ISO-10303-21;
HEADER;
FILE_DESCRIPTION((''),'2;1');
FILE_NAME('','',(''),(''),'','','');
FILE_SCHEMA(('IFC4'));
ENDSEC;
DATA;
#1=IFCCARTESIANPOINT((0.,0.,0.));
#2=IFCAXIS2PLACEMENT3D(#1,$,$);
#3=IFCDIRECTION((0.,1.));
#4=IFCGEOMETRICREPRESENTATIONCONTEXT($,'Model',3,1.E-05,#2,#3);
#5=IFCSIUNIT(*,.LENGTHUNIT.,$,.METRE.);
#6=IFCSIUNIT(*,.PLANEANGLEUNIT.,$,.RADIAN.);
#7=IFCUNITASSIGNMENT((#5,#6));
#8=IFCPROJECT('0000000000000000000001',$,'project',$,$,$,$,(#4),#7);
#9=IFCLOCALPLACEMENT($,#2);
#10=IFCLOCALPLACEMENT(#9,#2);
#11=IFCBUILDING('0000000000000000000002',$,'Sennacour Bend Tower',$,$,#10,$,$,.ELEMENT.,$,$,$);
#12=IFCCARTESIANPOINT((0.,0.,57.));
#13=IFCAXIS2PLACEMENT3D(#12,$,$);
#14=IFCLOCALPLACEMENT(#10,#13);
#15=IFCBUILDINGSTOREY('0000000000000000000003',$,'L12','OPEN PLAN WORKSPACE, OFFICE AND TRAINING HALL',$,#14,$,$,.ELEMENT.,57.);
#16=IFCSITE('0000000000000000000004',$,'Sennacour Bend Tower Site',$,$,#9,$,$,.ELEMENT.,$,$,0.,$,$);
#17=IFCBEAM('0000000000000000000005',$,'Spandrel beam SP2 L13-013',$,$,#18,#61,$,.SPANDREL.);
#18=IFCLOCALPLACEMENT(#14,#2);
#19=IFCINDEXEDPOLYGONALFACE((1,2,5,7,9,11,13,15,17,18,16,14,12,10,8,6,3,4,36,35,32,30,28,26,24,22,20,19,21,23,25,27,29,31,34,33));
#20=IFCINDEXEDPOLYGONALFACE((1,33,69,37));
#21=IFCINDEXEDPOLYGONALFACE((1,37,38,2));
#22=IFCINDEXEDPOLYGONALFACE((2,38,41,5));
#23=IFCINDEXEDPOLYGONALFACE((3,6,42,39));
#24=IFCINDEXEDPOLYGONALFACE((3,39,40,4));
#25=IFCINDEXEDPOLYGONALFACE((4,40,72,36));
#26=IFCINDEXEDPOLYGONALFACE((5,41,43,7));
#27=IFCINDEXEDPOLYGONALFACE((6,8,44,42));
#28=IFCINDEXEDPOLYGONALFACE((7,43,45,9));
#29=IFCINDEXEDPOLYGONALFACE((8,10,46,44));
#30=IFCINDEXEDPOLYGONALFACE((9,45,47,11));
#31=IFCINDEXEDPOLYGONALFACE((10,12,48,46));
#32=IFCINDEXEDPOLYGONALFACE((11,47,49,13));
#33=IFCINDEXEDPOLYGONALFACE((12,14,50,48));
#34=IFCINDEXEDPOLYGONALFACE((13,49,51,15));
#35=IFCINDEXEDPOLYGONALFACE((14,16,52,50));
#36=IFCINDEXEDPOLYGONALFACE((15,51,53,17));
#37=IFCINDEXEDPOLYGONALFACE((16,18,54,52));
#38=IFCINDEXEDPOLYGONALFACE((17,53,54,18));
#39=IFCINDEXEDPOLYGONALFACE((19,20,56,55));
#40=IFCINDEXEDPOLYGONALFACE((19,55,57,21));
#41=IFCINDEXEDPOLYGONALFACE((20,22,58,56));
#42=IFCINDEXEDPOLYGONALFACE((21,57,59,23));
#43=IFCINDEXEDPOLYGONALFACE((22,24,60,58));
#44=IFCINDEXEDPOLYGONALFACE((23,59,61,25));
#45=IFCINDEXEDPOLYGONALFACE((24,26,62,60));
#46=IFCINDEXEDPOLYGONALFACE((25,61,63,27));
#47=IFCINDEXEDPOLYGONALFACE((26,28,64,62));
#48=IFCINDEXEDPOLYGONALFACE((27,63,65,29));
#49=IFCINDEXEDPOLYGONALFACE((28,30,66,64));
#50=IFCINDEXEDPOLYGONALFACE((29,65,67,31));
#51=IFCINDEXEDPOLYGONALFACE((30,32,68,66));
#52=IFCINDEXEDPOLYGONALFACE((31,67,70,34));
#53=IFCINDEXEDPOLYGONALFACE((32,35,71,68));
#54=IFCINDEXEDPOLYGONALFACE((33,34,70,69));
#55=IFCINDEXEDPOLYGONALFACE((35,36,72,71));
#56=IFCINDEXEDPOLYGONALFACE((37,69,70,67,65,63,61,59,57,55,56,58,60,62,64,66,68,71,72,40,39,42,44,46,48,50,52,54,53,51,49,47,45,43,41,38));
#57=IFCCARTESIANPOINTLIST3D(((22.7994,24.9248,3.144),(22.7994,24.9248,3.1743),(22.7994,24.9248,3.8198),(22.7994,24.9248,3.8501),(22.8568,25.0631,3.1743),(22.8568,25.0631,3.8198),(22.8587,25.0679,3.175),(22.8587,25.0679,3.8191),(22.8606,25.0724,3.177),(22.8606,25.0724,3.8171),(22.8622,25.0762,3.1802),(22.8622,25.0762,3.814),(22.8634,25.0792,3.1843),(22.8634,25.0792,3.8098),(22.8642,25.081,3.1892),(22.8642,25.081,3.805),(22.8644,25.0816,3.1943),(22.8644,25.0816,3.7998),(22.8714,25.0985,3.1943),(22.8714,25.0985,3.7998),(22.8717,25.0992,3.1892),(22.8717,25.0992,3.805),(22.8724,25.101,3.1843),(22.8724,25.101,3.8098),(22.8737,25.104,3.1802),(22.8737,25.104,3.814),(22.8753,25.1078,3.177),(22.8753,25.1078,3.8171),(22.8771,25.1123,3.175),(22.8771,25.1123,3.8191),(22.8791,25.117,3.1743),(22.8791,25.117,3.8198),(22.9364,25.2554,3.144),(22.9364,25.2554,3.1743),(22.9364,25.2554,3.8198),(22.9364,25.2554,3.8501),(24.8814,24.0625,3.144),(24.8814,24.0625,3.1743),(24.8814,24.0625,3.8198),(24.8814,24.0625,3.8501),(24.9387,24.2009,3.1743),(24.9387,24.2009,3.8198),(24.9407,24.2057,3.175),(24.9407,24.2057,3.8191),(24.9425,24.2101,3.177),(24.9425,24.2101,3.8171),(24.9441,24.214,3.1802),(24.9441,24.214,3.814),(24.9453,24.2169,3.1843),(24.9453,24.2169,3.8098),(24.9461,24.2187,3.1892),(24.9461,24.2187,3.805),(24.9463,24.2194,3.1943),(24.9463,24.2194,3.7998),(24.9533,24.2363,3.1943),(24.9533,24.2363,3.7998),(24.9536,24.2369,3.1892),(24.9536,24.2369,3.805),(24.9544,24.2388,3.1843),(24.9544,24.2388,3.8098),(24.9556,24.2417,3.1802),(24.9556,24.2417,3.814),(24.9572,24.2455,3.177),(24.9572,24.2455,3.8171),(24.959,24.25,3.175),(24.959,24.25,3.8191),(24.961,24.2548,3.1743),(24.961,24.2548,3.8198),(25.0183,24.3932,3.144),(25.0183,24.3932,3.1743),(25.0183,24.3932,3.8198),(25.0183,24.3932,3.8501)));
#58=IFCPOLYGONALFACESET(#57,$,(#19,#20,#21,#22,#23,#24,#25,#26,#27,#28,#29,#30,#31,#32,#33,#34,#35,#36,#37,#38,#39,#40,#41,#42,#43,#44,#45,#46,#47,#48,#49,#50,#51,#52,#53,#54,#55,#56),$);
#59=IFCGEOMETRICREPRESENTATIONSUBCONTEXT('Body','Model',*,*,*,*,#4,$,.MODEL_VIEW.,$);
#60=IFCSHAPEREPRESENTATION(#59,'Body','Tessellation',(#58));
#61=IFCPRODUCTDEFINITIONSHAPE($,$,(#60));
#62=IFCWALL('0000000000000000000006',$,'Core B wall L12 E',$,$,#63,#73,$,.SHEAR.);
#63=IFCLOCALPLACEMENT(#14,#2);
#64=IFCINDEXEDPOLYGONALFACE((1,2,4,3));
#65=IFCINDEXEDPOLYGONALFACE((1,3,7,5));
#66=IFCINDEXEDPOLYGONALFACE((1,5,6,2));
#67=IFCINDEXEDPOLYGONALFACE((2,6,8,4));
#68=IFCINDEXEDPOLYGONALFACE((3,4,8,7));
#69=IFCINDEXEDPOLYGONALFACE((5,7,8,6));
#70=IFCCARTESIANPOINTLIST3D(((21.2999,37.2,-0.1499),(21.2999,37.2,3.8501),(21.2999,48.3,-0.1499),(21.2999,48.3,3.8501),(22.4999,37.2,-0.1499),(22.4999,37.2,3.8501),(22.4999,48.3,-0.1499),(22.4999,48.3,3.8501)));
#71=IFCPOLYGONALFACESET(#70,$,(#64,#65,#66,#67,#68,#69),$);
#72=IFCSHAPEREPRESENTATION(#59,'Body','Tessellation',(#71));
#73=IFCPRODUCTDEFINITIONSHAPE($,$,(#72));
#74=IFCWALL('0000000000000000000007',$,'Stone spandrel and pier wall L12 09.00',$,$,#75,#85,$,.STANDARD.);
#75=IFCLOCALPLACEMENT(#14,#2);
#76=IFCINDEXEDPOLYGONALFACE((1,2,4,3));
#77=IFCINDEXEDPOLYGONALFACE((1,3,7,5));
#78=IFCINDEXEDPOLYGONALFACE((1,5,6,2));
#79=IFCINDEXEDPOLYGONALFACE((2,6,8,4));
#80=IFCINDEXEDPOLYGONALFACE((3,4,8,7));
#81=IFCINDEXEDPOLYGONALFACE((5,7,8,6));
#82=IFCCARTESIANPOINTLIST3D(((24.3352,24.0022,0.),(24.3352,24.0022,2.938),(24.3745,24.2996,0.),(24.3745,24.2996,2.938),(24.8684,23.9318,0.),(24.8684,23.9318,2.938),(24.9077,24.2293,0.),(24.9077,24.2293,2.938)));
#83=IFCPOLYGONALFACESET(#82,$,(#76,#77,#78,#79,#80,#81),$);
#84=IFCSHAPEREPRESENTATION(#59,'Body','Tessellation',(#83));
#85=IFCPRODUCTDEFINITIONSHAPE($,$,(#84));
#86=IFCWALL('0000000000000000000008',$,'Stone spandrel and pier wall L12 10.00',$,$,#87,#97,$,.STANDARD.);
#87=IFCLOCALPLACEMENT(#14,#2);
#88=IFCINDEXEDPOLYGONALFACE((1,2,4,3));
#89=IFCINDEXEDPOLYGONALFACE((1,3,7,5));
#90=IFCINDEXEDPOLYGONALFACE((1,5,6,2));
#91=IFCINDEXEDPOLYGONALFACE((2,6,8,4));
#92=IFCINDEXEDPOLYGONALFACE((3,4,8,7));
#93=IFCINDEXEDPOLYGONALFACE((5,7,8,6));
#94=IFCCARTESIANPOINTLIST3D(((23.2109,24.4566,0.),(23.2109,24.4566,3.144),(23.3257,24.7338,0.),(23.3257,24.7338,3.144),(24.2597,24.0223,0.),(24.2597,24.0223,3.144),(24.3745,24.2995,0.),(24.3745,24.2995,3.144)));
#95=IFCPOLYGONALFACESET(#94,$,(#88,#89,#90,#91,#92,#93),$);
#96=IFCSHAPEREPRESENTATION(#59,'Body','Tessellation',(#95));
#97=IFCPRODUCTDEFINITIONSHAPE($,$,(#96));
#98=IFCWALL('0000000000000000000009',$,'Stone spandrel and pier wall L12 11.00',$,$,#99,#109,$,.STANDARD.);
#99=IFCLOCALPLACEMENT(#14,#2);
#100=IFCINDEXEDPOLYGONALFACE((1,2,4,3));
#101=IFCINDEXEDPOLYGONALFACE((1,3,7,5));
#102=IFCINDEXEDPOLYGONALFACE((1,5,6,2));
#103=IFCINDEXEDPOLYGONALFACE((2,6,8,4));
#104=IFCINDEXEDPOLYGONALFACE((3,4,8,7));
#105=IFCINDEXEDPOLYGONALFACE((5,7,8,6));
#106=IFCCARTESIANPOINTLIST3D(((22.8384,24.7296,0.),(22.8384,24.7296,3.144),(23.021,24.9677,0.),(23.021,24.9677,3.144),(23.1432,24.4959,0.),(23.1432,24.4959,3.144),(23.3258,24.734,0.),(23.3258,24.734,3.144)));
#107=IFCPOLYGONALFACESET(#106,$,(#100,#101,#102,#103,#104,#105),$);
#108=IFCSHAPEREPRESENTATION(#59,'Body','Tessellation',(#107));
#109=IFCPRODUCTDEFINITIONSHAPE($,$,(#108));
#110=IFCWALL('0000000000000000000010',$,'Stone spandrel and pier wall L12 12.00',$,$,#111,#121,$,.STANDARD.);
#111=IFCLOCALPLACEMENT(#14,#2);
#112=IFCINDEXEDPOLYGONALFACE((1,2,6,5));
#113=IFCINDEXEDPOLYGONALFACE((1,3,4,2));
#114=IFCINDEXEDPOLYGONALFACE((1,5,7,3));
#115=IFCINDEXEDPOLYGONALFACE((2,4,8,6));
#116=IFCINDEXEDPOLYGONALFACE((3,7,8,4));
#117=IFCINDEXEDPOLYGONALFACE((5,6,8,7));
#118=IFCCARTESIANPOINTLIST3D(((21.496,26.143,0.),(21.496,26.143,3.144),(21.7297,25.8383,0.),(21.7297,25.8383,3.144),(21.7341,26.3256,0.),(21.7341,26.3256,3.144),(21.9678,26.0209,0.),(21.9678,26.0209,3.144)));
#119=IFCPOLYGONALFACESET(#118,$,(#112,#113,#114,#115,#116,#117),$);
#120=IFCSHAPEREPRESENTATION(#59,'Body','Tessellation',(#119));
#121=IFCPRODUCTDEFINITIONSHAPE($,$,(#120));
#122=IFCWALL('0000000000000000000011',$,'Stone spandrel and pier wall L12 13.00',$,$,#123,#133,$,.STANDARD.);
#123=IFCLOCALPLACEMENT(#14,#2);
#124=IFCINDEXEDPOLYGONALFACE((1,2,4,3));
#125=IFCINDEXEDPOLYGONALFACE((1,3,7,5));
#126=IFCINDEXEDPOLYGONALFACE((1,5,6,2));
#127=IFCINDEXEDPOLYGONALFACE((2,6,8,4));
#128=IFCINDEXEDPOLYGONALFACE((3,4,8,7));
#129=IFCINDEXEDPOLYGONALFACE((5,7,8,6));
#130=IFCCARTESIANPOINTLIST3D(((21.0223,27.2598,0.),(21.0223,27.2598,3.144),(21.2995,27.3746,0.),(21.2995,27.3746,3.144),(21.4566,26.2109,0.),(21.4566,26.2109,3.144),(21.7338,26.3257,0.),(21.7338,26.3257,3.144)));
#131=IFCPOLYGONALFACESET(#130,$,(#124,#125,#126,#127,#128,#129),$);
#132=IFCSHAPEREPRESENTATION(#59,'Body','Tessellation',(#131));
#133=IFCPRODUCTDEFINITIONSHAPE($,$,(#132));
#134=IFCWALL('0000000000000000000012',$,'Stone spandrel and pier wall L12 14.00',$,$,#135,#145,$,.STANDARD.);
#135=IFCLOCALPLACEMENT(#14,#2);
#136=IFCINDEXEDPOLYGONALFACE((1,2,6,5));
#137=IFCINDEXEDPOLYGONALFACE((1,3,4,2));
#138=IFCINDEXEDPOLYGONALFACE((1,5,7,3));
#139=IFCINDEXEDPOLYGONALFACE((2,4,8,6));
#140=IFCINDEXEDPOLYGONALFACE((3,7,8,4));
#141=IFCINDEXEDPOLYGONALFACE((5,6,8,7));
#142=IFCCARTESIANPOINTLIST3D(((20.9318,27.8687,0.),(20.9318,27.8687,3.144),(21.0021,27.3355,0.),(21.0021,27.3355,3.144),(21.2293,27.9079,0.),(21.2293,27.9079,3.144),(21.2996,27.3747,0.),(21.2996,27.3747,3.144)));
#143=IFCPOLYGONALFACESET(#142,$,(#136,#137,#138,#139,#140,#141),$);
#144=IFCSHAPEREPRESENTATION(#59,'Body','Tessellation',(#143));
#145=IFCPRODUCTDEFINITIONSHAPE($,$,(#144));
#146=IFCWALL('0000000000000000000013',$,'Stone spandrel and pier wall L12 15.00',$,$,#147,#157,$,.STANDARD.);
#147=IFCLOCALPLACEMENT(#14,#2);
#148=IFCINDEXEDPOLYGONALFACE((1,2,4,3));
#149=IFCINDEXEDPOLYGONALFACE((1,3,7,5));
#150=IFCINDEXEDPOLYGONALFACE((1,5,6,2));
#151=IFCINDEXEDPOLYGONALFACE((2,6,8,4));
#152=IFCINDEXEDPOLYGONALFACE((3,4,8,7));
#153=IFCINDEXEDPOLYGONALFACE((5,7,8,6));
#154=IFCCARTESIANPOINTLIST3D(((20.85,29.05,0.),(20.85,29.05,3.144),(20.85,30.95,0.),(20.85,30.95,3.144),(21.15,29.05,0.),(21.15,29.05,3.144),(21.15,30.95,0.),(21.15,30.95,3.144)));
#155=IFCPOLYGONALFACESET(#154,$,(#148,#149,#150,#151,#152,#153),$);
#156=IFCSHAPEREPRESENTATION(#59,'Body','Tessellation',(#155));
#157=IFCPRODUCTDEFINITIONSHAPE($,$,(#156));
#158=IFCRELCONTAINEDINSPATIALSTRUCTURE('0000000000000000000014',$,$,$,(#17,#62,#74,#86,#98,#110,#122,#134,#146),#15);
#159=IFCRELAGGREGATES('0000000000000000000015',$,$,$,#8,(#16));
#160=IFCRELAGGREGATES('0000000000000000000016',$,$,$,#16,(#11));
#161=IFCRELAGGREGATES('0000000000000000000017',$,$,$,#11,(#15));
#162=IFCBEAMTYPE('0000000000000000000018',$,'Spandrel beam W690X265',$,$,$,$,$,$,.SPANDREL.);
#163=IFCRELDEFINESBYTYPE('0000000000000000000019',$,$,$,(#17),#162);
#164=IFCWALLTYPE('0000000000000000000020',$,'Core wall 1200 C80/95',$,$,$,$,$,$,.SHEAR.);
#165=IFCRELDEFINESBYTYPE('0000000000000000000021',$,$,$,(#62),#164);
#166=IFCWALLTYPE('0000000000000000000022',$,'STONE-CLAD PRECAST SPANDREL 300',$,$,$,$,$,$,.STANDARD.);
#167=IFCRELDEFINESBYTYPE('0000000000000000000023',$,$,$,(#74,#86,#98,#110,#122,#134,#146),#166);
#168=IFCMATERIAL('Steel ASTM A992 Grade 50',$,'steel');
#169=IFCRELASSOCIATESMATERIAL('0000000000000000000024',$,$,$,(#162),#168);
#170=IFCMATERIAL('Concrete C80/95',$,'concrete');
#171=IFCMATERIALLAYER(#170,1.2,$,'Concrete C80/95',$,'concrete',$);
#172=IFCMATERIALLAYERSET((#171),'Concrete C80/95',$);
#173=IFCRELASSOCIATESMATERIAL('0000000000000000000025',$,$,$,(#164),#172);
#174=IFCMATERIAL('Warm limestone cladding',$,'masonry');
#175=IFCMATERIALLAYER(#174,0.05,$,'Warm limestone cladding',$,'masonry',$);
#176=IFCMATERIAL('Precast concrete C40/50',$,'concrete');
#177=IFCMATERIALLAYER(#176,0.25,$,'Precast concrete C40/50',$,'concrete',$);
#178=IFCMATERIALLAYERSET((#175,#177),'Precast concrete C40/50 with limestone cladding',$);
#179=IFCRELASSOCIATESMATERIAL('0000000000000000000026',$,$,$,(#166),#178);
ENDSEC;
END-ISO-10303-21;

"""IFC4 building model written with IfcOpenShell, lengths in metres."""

from ifc_helpers import new_model, si_unit, direction, frame, frame_2d, origin, origin_2d, place, context, subcontext, project, spatial, rectangle, i_section, extrude, material, layer, layer_set, material_profile, profile_set, type_object, element, save


model = new_model("IFC4")

# Units and contexts
model_context = context("Model", 3, precision=1e-05, world=origin(), true_north=direction((0.0, 1.0)))
body_context = subcontext(model_context, "Body", "Model", "MODEL_VIEW")
ifc_project = project(units=[si_unit("LENGTHUNIT", "METRE"), si_unit("PLANEANGLEUNIT", "RADIAN")], contexts=[model_context])

# Site, building, storey
site_placement = place(None, origin())
site = spatial("IfcSite", under=ifc_project, at=site_placement, Name="Sennacour Bend Tower Site", CompositionType="ELEMENT", RefElevation=0.0)
building_placement = place(site_placement, origin())
building = spatial("IfcBuilding", under=site, at=building_placement, Name="Sennacour Bend Tower", CompositionType="ELEMENT")
storey_placement = place(building_placement, frame((0.0, 0.0, 57.0)))
storey = spatial("IfcBuildingStorey", under=building, at=storey_placement, Name="L12", Description="OPEN PLAN WORKSPACE, OFFICE AND TRAINING HALL", CompositionType="ELEMENT", Elevation=57.0)

# Beam
ifc_material_1 = material(Name="Steel ASTM A992 Grade 50", Category="steel")
ifc_material_profile_1 = material_profile(ifc_material_1, i_section(OverallWidth=0.3579, OverallDepth=0.7061, WebThickness=0.0183, FlangeThickness=0.0303, FilletRadius=0.02, at=origin_2d()), Name="Steel ASTM A992 Grade 50", Category="steel")
ifc_profile_set_1 = profile_set([ifc_material_profile_1], Name="Steel ASTM A992 Grade 50")
beam_type = type_object("IfcBeamType", Name="Spandrel beam W690X265", PredefinedType="SPANDREL", material=ifc_profile_set_1)
for number, where, z_axis, x_axis, name in (
    (1, (22.8679, 25.0901, 3.4971), (0.923895, -0.382645, 0.0), (0.382645, 0.923895, 0.0), "Spandrel beam SP2 L13-013"),
):
    element("IfcBeam", number, at=place(storey_placement, frame(where, z_axis=z_axis, x_axis=x_axis)), inside=storey, type_object=beam_type, Name=name, PredefinedType="SPANDREL", context=body_context, shape_type="SweptSolid", body=[
        extrude(i_section(OverallWidth=0.3579, OverallDepth=0.7061, WebThickness=0.0183, FlangeThickness=0.0303, FilletRadius=0.02, at=origin_2d()), origin(), (0.0, 0.0, 1.0), 2.2534),
    ])

# Walls
ifc_material_2 = material(Name="Concrete C80/95", Category="concrete")
ifc_layer_1 = layer(ifc_material_2, 1.2, Name="Concrete C80/95", Category="concrete")
ifc_layer_set_1 = layer_set([ifc_layer_1], Name="Concrete C80/95")
wall_type_1 = type_object("IfcWallType", Name="Core wall 1200 C80/95", PredefinedType="SHEAR", material=ifc_layer_set_1)
wall_1_placement = place(storey_placement, frame((21.8999, 37.2, -0.1499), z_axis=(0.0, 0.0, 1.0), x_axis=(0.0, 1.0, 0.0)))
element("IfcWall", 2, at=wall_1_placement, inside=storey, type_object=wall_type_1, Name="Core B wall L12 E", PredefinedType="SHEAR", context=body_context, shape_type="SweptSolid", body=[
    extrude(rectangle(XDim=11.1001, YDim=1.2, at=frame_2d((5.55, 0.0))), origin(), (0.0, 0.0, 1.0), 4.0),
])
ifc_material_3 = material(Name="Warm limestone cladding", Category="masonry")
ifc_layer_2 = layer(ifc_material_3, 0.05, Name="Warm limestone cladding", Category="masonry")
ifc_material_4 = material(Name="Precast concrete C40/50", Category="concrete")
ifc_layer_3 = layer(ifc_material_4, 0.25, Name="Precast concrete C40/50", Category="concrete")
ifc_layer_set_2 = layer_set([ifc_layer_2, ifc_layer_3], Name="Precast concrete C40/50 with limestone cladding")
wall_type_2 = type_object("IfcWallType", Name="STONE-CLAD PRECAST SPANDREL 300", PredefinedType="STANDARD", material=ifc_layer_set_2)
wall_2_placement = place(storey_placement, frame((24.8882, 24.0806, 0.0), z_axis=(0.0, 0.0, 1.0), x_axis=(-0.991417, 0.130736, 0.0)))
element("IfcWall", 3, at=wall_2_placement, inside=storey, type_object=wall_type_2, Name="Stone spandrel and pier wall L12 09.00", PredefinedType="STANDARD", context=body_context, shape_type="SweptSolid", body=[
    extrude(rectangle(XDim=0.5378, YDim=0.3, at=frame_2d((0.269, 0.0))), origin(), (0.0, 0.0, 1.0), 2.938),
])
wall_3_placement = place(storey_placement, frame((24.3171, 24.1609, 0.0), z_axis=(0.0, 0.0, 1.0), x_axis=(-0.923915, 0.382599, 0.0)))
element("IfcWall", 4, at=wall_3_placement, inside=storey, type_object=wall_type_2, Name="Stone spandrel and pier wall L12 10.00", PredefinedType="STANDARD", context=body_context, shape_type="SweptSolid", body=[
    extrude(rectangle(XDim=1.1353, YDim=0.3, at=frame_2d((0.5676, 0.0))), origin(), (0.0, 0.0, 1.0), 3.144),
])
for number, where, z_axis, x_axis, name in (
    (5, (23.2344, 24.615, 0.0), (0.0, 0.0, 1.0), (-0.793545, 0.608512, 0.0), "Stone spandrel and pier wall L12 11.00"),
    (6, (21.8486, 25.9297, 0.0), (0.0, 0.0, 1.0), (-0.608512, 0.793545, 0.0), "Stone spandrel and pier wall L12 12.00"),
):
    element("IfcWall", number, at=place(storey_placement, frame(where, z_axis=z_axis, x_axis=x_axis)), inside=storey, type_object=wall_type_2, Name=name, PredefinedType="STANDARD", context=body_context, shape_type="SweptSolid", body=[
        extrude(rectangle(XDim=0.384, YDim=0.3, at=frame_2d((0.1919, 0.0))), origin(), (0.0, 0.0, 1.0), 3.144),
    ])
wall_4_placement = place(storey_placement, frame((21.5952, 26.2683, 0.0), z_axis=(0.0, 0.0, 1.0), x_axis=(-0.382599, 0.923915, 0.0)))
element("IfcWall", 7, at=wall_4_placement, inside=storey, type_object=wall_type_2, Name="Stone spandrel and pier wall L12 13.00", PredefinedType="STANDARD", context=body_context, shape_type="SweptSolid", body=[
    extrude(rectangle(XDim=1.1353, YDim=0.3, at=frame_2d((0.5676, 0.0))), origin(), (0.0, 0.0, 1.0), 3.144),
])
wall_5_placement = place(storey_placement, frame((21.1509, 27.355, 0.0), z_axis=(0.0, 0.0, 1.0), x_axis=(-0.130736, 0.991417, 0.0)))
element("IfcWall", 8, at=wall_5_placement, inside=storey, type_object=wall_type_2, Name="Stone spandrel and pier wall L12 14.00", PredefinedType="STANDARD", context=body_context, shape_type="SweptSolid", body=[
    extrude(rectangle(XDim=0.5378, YDim=0.3, at=frame_2d((0.269, 0.0))), origin(), (0.0, 0.0, 1.0), 3.144),
])
wall_6_placement = place(storey_placement, frame((21.0, 29.05, 0.0), z_axis=(0.0, 0.0, 1.0), x_axis=(0.0, 1.0, 0.0)))
element("IfcWall", 9, at=wall_6_placement, inside=storey, type_object=wall_type_2, Name="Stone spandrel and pier wall L12 15.00", PredefinedType="STANDARD", context=body_context, shape_type="SweptSolid", body=[
    extrude(rectangle(XDim=1.8999, YDim=0.3, at=frame_2d((0.95, 0.0))), origin(), (0.0, 0.0, 1.0), 3.144),
])

save(model, "model.ifc")
